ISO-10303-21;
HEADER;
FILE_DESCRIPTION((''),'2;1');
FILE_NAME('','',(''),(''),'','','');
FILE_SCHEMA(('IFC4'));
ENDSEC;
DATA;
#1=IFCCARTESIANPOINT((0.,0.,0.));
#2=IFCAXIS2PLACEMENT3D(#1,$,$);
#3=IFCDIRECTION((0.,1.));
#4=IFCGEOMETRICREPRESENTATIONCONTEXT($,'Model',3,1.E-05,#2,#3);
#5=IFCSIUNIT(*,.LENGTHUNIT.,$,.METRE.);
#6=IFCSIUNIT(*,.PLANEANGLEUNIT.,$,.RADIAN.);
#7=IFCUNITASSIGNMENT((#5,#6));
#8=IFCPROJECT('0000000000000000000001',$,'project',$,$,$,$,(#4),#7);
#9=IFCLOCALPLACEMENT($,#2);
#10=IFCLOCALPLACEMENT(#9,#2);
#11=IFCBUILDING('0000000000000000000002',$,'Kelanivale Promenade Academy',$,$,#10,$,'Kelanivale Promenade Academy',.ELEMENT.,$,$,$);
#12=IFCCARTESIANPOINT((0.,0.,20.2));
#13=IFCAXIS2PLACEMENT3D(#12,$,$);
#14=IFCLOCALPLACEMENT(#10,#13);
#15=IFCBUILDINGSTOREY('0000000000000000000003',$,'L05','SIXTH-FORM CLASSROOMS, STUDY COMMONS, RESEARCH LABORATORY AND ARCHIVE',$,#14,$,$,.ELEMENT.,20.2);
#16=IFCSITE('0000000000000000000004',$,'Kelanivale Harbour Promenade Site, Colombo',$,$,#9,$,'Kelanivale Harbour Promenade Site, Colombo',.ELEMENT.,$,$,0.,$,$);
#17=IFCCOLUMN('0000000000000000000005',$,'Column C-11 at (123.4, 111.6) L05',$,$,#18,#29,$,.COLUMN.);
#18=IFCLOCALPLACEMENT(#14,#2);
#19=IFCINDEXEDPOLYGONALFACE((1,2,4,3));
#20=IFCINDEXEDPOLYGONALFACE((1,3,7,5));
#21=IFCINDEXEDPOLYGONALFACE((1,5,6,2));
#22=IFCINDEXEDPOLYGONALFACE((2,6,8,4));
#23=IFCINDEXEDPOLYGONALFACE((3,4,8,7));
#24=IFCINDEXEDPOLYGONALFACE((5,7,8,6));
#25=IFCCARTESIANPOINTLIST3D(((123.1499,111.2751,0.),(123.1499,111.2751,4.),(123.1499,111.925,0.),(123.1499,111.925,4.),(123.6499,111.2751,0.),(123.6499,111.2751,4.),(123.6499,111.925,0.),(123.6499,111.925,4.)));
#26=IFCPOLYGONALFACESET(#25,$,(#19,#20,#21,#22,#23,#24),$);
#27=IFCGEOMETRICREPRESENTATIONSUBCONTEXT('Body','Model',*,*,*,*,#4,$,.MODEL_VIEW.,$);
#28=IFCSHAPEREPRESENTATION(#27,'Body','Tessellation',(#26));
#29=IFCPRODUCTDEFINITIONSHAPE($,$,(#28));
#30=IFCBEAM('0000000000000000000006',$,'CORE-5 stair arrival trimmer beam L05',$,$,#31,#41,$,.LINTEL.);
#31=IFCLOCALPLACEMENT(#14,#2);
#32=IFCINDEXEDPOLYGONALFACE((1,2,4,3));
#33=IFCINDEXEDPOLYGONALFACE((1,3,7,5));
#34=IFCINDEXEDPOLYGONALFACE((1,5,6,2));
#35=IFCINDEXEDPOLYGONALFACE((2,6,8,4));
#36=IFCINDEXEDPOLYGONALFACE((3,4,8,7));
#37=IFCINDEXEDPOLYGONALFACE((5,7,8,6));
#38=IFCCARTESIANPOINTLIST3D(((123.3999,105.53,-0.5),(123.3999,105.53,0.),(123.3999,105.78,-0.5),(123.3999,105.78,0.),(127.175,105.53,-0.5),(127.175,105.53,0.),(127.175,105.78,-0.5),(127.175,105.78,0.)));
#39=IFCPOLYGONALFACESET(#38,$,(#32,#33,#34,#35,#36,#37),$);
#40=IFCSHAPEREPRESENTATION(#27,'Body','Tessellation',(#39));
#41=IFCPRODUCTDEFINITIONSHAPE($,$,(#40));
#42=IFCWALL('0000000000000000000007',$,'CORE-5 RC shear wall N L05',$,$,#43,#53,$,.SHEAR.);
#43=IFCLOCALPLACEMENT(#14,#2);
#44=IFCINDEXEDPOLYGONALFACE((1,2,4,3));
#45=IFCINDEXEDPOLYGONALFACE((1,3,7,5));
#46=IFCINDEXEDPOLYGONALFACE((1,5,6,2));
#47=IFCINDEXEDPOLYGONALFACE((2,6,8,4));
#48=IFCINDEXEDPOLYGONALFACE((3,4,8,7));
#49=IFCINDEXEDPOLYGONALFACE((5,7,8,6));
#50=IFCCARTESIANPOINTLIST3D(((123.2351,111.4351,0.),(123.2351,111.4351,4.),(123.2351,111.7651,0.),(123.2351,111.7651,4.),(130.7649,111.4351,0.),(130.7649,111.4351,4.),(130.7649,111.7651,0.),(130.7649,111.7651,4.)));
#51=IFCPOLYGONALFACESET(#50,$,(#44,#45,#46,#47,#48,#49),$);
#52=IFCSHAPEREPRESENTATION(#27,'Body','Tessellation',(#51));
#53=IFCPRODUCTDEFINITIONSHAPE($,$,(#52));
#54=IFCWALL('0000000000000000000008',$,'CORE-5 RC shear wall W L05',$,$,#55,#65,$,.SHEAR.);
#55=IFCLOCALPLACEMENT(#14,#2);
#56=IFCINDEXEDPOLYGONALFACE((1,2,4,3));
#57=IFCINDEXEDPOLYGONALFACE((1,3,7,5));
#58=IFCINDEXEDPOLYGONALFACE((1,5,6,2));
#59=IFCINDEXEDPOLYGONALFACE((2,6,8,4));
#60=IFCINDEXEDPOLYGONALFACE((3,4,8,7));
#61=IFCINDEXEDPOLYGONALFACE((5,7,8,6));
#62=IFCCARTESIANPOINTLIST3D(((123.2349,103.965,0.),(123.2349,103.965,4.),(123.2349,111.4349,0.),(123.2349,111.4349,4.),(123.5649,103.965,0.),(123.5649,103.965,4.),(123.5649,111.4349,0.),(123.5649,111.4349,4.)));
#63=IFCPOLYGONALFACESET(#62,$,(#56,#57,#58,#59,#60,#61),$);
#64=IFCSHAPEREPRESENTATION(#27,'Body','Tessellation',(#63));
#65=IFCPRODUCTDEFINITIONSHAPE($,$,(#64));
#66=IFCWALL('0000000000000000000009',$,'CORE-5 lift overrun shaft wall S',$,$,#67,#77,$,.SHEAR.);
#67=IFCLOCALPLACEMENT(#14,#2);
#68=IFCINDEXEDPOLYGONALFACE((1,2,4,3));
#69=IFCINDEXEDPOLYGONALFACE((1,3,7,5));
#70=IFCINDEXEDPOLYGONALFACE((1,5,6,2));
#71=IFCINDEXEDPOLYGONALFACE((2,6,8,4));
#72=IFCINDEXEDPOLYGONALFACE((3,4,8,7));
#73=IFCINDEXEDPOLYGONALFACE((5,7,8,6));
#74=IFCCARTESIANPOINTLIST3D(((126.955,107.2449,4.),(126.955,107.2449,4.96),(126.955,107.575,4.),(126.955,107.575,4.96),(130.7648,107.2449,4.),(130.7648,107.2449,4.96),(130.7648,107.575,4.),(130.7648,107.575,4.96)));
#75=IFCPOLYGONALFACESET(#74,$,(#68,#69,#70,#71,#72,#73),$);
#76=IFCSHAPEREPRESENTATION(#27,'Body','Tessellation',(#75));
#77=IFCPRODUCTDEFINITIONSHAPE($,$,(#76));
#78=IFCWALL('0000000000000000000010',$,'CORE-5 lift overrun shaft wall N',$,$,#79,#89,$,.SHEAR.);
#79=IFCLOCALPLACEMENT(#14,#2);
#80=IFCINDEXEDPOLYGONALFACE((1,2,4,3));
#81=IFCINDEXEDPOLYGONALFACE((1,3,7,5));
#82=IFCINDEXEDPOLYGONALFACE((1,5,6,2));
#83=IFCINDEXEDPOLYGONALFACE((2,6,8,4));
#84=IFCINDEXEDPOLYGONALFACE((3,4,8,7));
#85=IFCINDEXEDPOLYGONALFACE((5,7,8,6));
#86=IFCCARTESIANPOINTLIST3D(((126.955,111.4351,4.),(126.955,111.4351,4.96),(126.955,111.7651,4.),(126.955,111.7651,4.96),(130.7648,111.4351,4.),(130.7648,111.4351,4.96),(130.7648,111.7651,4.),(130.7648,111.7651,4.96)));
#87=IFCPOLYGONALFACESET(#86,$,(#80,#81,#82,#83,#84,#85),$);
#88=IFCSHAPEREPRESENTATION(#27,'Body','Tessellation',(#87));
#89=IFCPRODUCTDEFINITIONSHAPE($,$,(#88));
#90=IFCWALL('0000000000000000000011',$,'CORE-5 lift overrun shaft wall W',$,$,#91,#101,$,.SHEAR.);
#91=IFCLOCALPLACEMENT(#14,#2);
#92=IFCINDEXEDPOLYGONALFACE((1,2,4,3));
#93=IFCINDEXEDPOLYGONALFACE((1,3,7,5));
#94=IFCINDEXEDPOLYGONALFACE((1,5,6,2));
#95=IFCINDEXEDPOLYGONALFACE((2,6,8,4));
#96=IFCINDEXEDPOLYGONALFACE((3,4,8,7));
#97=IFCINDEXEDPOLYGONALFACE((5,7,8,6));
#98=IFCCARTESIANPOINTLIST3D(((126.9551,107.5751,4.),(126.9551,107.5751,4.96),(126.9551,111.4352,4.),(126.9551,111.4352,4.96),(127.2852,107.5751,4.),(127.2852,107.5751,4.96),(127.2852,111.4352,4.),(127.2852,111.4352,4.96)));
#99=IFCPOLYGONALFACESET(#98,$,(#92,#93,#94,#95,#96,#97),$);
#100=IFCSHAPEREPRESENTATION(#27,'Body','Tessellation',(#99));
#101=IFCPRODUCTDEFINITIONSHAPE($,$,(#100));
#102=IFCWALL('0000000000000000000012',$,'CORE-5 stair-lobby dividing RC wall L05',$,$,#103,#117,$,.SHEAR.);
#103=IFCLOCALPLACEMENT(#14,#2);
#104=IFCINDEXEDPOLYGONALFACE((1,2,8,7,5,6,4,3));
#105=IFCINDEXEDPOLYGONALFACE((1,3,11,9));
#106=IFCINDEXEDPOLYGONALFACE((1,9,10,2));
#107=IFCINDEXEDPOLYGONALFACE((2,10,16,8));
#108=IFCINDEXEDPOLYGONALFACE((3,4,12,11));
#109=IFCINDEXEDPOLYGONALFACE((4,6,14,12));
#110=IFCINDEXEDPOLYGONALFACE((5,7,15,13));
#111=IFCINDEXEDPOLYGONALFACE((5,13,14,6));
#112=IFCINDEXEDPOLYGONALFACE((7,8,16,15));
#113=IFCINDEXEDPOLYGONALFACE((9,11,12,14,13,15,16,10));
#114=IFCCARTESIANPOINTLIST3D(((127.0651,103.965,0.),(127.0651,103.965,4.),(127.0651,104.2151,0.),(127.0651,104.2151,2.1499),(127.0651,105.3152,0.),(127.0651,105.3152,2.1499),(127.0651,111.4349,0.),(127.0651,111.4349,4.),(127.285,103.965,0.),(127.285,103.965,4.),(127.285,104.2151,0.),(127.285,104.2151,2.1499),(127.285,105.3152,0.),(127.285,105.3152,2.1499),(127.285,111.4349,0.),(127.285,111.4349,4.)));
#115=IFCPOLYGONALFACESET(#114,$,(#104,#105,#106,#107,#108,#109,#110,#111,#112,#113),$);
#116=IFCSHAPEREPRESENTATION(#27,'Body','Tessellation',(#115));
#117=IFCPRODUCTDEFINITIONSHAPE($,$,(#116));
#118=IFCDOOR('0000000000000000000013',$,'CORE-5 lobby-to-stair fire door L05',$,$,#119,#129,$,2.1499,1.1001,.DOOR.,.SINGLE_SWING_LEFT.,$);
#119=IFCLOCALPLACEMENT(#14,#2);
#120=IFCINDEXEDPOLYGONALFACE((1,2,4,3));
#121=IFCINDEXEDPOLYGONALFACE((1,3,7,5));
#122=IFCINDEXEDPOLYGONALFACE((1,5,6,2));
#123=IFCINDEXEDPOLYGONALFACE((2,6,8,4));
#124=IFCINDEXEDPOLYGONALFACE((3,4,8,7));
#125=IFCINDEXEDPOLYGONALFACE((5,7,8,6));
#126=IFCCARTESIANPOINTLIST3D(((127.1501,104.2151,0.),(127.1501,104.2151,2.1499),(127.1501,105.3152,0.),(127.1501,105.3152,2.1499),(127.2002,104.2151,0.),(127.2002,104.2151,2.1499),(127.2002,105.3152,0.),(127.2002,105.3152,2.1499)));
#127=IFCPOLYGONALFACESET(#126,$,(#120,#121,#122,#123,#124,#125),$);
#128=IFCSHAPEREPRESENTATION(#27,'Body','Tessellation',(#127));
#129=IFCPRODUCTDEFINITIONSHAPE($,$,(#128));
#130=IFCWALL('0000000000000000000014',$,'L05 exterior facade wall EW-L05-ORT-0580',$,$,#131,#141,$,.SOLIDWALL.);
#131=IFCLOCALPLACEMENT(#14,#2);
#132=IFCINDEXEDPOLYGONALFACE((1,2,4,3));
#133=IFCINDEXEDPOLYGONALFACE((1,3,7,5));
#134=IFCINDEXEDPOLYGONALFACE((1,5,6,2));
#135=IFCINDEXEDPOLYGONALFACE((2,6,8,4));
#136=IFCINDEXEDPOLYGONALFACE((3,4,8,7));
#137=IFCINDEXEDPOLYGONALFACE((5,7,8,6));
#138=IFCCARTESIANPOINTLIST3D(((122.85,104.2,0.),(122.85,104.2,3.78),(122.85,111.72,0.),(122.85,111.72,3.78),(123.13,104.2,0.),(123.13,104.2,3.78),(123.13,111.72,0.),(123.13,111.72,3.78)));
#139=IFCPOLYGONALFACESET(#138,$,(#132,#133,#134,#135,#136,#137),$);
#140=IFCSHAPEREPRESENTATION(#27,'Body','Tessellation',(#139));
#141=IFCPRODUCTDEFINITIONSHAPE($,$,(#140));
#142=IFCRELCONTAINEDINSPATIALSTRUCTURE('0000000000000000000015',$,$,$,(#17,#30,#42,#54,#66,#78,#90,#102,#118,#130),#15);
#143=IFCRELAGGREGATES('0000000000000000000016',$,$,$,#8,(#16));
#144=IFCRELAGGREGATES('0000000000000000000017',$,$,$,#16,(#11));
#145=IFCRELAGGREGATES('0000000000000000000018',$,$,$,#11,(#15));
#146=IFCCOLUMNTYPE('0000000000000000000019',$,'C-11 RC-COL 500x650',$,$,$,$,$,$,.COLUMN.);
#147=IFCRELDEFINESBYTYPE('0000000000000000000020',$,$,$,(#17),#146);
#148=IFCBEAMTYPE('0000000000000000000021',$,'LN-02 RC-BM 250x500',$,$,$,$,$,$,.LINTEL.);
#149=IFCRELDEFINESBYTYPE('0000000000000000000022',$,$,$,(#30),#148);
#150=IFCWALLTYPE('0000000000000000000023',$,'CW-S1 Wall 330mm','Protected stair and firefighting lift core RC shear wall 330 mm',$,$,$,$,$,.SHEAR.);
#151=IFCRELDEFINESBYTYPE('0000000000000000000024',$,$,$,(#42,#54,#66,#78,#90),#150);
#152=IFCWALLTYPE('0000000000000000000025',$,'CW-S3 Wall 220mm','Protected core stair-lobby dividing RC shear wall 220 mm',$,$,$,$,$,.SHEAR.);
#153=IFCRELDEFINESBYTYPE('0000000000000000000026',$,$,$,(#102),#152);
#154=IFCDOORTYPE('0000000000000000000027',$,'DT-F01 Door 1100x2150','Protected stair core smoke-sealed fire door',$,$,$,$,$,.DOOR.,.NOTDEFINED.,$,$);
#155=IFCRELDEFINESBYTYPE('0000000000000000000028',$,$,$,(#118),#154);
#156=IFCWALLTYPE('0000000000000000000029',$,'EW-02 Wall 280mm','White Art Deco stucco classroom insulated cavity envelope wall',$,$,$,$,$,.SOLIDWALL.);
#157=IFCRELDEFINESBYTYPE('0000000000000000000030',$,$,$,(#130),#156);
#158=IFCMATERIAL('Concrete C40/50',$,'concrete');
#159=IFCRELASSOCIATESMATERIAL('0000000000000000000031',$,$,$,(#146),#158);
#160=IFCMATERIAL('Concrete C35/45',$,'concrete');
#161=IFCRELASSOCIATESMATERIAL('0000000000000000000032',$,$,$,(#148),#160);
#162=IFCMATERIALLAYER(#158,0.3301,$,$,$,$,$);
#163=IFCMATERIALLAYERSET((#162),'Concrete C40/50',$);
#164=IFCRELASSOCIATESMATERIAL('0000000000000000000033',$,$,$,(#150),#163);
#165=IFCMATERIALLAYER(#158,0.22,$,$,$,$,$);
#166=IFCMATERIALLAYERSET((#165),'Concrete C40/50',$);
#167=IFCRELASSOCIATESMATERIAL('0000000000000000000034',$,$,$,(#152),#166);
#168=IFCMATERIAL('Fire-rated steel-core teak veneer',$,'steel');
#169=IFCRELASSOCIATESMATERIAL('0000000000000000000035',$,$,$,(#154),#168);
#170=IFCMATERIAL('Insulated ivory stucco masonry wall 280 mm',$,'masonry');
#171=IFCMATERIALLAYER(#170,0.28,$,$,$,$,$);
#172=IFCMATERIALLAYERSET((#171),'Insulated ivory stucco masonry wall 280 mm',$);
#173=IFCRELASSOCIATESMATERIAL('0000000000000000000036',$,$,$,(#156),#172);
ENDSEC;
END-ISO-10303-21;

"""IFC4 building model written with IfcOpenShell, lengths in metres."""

from ifc_helpers import new_model, si_unit, direction, frame, frame_2d, origin, origin_2d, place, context, subcontext, project, spatial, rectangle, extrude, material, layer, layer_set, material_profile, profile_set, type_object, element, fill, save


model = new_model("IFC4")

# Units and contexts
model_context = context("Model", 3, precision=1e-05, world=origin(), true_north=direction((0.0, 1.0)))
body_context = subcontext(model_context, "Body", "Model", "MODEL_VIEW")
ifc_project = project(units=[si_unit("LENGTHUNIT", "METRE"), si_unit("PLANEANGLEUNIT", "RADIAN")], contexts=[model_context])

# Site, building, storey
site_placement = place(None, origin())
site = spatial("IfcSite", under=ifc_project, at=site_placement, Name="Kelanivale Harbour Promenade Site, Colombo", LongName="Kelanivale Harbour Promenade Site, Colombo", CompositionType="ELEMENT", RefElevation=0.0)
building_placement = place(site_placement, origin())
building = spatial("IfcBuilding", under=site, at=building_placement, Name="Kelanivale Promenade Academy", LongName="Kelanivale Promenade Academy", CompositionType="ELEMENT")
storey_placement = place(building_placement, frame((0.0, 0.0, 20.2)))
storey = spatial("IfcBuildingStorey", under=building, at=storey_placement, Name="L05", Description="SIXTH-FORM CLASSROOMS, STUDY COMMONS, RESEARCH LABORATORY AND ARCHIVE", CompositionType="ELEMENT", Elevation=20.2)

# Column
ifc_material_1 = material(Name="Concrete C40/50", Category="concrete")
ifc_material_profile_1 = material_profile(ifc_material_1, rectangle(XDim=0.5, YDim=0.6499, at=origin_2d()), Name="RC-COL 500x650")
ifc_profile_set_1 = profile_set([ifc_material_profile_1], Name="Concrete C40/50")
column_type = type_object("IfcColumnType", Name="C-11 RC-COL 500x650", PredefinedType="COLUMN", material=ifc_profile_set_1)
column_placement = place(storey_placement, frame((123.3999, 111.6001, 0.0), z_axis=(0.0, 0.0, 1.0), x_axis=(1.0, 0.0, 0.0)))
element("IfcColumn", 1, at=column_placement, inside=storey, type_object=column_type, Name="Column C-11 at (123.4, 111.6) L05", PredefinedType="COLUMN", context=body_context, shape_type="SweptSolid", body=[
    extrude(rectangle(XDim=0.5, YDim=0.6499, at=origin_2d()), origin(), (0.0, 0.0, 1.0), 4.0),
])

# Beam
ifc_material_2 = material(Name="Concrete C35/45", Category="concrete")
ifc_material_profile_2 = material_profile(ifc_material_2, rectangle(XDim=0.25, YDim=0.5, at=origin_2d()), Name="RC-BM 250x500")
ifc_profile_set_2 = profile_set([ifc_material_profile_2], Name="Concrete C35/45")
beam_type = type_object("IfcBeamType", Name="LN-02 RC-BM 250x500", PredefinedType="LINTEL", material=ifc_profile_set_2)
beam_placement = place(storey_placement, frame((123.3999, 105.655, -0.25), z_axis=(1.0, 0.0, 0.0), x_axis=(0.0, 1.0, 0.0)))
element("IfcBeam", 2, at=beam_placement, inside=storey, type_object=beam_type, Name="CORE-5 stair arrival trimmer beam L05", PredefinedType="LINTEL", context=body_context, shape_type="SweptSolid", body=[
    extrude(rectangle(XDim=0.25, YDim=0.5, at=origin_2d()), origin(), (0.0, 0.0, 1.0), 3.7751),
])

# Walls
ifc_layer_1 = layer(ifc_material_1, 0.3301)
ifc_layer_set_1 = layer_set([ifc_layer_1], Name="Concrete C40/50")
wall_type_1 = type_object("IfcWallType", Name="CW-S1 Wall 330mm", Description="Protected stair and firefighting lift core RC shear wall 330 mm", PredefinedType="SHEAR", material=ifc_layer_set_1)
wall_1_placement = place(storey_placement, frame((123.2351, 111.6001, 0.0), z_axis=(0.0, 0.0, 1.0), x_axis=(1.0, 0.0, 0.0)))
element("IfcWall", 3, at=wall_1_placement, inside=storey, type_object=wall_type_1, Name="CORE-5 RC shear wall N L05", PredefinedType="SHEAR", context=body_context, shape_type="SweptSolid", body=[
    extrude(rectangle(XDim=7.5298, YDim=0.3301, at=frame_2d((3.7649, 0.0))), origin(), (0.0, 0.0, 1.0), 4.0),
])
wall_2_placement = place(storey_placement, frame((123.3999, 103.9651, 0.0), z_axis=(0.0, 0.0, 1.0), x_axis=(0.0, 1.0, 0.0)))
element("IfcWall", 4, at=wall_2_placement, inside=storey, type_object=wall_type_1, Name="CORE-5 RC shear wall W L05", PredefinedType="SHEAR", context=body_context, shape_type="SweptSolid", body=[
    extrude(rectangle(XDim=7.47, YDim=0.3301, at=frame_2d((3.7349, 0.0))), origin(), (0.0, 0.0, 1.0), 4.0),
])
for number, where, z_axis, x_axis, name in (
    (5, (126.9551, 107.4099, 4.0), (0.0, 0.0, 1.0), (1.0, 0.0, 0.0), "CORE-5 lift overrun shaft wall S"),
    (6, (126.9551, 111.6001, 4.0), (0.0, 0.0, 1.0), (1.0, 0.0, 0.0), "CORE-5 lift overrun shaft wall N"),
):
    element("IfcWall", number, at=place(storey_placement, frame(where, z_axis=z_axis, x_axis=x_axis)), inside=storey, type_object=wall_type_1, Name=name, PredefinedType="SHEAR", context=body_context, shape_type="SweptSolid", body=[
        extrude(rectangle(XDim=3.8098, YDim=0.3301, at=frame_2d((1.9048, 0.0))), origin(), (0.0, 0.0, 1.0), 0.96),
    ])
wall_3_placement = place(storey_placement, frame((127.1201, 107.575, 4.0), z_axis=(0.0, 0.0, 1.0), x_axis=(0.0, 1.0, 0.0)))
element("IfcWall", 7, at=wall_3_placement, inside=storey, type_object=wall_type_1, Name="CORE-5 lift overrun shaft wall W", PredefinedType="SHEAR", context=body_context, shape_type="SweptSolid", body=[
    extrude(rectangle(XDim=3.8601, YDim=0.3301, at=frame_2d((1.9302, 0.0))), origin(), (0.0, 0.0, 1.0), 0.96),
])

# Shared definitions
ifc_material_3 = material(Name="Fire-rated steel-core teak veneer", Category="steel")

# Wall, opening, door
ifc_layer_2 = layer(ifc_material_1, 0.22)
ifc_layer_set_2 = layer_set([ifc_layer_2], Name="Concrete C40/50")
wall_type_2 = type_object("IfcWallType", Name="CW-S3 Wall 220mm", Description="Protected core stair-lobby dividing RC shear wall 220 mm", PredefinedType="SHEAR", material=ifc_layer_set_2)
wall_4_placement = place(storey_placement, frame((127.175, 103.9651, 0.0), z_axis=(0.0, 0.0, 1.0), x_axis=(0.0, 1.0, 0.0)))
wall_4 = element("IfcWall", 8, at=wall_4_placement, inside=storey, type_object=wall_type_2, Name="CORE-5 stair-lobby dividing RC wall L05", PredefinedType="SHEAR", context=body_context, shape_type="SweptSolid", body=[
    extrude(rectangle(XDim=7.47, YDim=0.22, at=frame_2d((3.7349, 0.0))), origin(), (0.0, 0.0, 1.0), 4.0),
])
opening_1_placement = place(wall_4_placement, frame((0.25, 0.0, 0.0)))
opening_1 = element("IfcOpeningElement", 9, at=opening_1_placement, cuts=wall_4, PredefinedType="OPENING", context=body_context, shape_type="SweptSolid", body=[
    extrude(rectangle(XDim=1.1001, YDim=2.1499, at=frame_2d((0.55, 1.075))), frame((0.0, 0.1201, 0.0), z_axis=(0.0, -1.0, 0.0), x_axis=(1.0, 0.0, 0.0)), (0.0, 0.0, 1.0), 0.24),
])
door_type_1 = type_object("IfcDoorType", Name="DT-F01 Door 1100x2150", Description="Protected stair core smoke-sealed fire door", OperationType="NOTDEFINED", PredefinedType="DOOR", material=ifc_material_3)
door_1_placement = place(opening_1_placement, origin())
door_1 = element("IfcDoor", 10, at=door_1_placement, inside=storey, type_object=door_type_1, Name="CORE-5 lobby-to-stair fire door L05", OperationType="SINGLE_SWING_LEFT", OverallHeight=2.1499, OverallWidth=1.1001, PredefinedType="DOOR", context=body_context, shape_type="SweptSolid", body=[
    extrude(rectangle(XDim=1.1001, YDim=2.1499, at=frame_2d((0.55, 1.075))), frame((0.0, 0.0249, 0.0), z_axis=(0.0, -1.0, 0.0), x_axis=(1.0, 0.0, 0.0)), (0.0, 0.0, 1.0), 0.05),
])
fill(opening_1, door_1)

# Wall
ifc_material_4 = material(Name="Insulated ivory stucco masonry wall 280 mm", Category="masonry")
ifc_layer_3 = layer(ifc_material_4, 0.28)
ifc_layer_set_3 = layer_set([ifc_layer_3], Name="Insulated ivory stucco masonry wall 280 mm")
wall_type_3 = type_object("IfcWallType", Name="EW-02 Wall 280mm", Description="White Art Deco stucco classroom insulated cavity envelope wall", PredefinedType="SOLIDWALL", material=ifc_layer_set_3)
wall_5_placement = place(storey_placement, frame((122.99, 111.72, 0.0), z_axis=(0.0, 0.0, 1.0), x_axis=(0.0, -1.0, 0.0)))
element("IfcWall", 11, at=wall_5_placement, inside=storey, type_object=wall_type_3, Name="L05 exterior facade wall EW-L05-ORT-0580", PredefinedType="SOLIDWALL", context=body_context, shape_type="SweptSolid", body=[
    extrude(rectangle(XDim=7.52, YDim=0.28, at=frame_2d((3.76, 0.0))), origin(), (0.0, 0.0, 1.0), 3.78),
])

save(model, "model.ifc")
